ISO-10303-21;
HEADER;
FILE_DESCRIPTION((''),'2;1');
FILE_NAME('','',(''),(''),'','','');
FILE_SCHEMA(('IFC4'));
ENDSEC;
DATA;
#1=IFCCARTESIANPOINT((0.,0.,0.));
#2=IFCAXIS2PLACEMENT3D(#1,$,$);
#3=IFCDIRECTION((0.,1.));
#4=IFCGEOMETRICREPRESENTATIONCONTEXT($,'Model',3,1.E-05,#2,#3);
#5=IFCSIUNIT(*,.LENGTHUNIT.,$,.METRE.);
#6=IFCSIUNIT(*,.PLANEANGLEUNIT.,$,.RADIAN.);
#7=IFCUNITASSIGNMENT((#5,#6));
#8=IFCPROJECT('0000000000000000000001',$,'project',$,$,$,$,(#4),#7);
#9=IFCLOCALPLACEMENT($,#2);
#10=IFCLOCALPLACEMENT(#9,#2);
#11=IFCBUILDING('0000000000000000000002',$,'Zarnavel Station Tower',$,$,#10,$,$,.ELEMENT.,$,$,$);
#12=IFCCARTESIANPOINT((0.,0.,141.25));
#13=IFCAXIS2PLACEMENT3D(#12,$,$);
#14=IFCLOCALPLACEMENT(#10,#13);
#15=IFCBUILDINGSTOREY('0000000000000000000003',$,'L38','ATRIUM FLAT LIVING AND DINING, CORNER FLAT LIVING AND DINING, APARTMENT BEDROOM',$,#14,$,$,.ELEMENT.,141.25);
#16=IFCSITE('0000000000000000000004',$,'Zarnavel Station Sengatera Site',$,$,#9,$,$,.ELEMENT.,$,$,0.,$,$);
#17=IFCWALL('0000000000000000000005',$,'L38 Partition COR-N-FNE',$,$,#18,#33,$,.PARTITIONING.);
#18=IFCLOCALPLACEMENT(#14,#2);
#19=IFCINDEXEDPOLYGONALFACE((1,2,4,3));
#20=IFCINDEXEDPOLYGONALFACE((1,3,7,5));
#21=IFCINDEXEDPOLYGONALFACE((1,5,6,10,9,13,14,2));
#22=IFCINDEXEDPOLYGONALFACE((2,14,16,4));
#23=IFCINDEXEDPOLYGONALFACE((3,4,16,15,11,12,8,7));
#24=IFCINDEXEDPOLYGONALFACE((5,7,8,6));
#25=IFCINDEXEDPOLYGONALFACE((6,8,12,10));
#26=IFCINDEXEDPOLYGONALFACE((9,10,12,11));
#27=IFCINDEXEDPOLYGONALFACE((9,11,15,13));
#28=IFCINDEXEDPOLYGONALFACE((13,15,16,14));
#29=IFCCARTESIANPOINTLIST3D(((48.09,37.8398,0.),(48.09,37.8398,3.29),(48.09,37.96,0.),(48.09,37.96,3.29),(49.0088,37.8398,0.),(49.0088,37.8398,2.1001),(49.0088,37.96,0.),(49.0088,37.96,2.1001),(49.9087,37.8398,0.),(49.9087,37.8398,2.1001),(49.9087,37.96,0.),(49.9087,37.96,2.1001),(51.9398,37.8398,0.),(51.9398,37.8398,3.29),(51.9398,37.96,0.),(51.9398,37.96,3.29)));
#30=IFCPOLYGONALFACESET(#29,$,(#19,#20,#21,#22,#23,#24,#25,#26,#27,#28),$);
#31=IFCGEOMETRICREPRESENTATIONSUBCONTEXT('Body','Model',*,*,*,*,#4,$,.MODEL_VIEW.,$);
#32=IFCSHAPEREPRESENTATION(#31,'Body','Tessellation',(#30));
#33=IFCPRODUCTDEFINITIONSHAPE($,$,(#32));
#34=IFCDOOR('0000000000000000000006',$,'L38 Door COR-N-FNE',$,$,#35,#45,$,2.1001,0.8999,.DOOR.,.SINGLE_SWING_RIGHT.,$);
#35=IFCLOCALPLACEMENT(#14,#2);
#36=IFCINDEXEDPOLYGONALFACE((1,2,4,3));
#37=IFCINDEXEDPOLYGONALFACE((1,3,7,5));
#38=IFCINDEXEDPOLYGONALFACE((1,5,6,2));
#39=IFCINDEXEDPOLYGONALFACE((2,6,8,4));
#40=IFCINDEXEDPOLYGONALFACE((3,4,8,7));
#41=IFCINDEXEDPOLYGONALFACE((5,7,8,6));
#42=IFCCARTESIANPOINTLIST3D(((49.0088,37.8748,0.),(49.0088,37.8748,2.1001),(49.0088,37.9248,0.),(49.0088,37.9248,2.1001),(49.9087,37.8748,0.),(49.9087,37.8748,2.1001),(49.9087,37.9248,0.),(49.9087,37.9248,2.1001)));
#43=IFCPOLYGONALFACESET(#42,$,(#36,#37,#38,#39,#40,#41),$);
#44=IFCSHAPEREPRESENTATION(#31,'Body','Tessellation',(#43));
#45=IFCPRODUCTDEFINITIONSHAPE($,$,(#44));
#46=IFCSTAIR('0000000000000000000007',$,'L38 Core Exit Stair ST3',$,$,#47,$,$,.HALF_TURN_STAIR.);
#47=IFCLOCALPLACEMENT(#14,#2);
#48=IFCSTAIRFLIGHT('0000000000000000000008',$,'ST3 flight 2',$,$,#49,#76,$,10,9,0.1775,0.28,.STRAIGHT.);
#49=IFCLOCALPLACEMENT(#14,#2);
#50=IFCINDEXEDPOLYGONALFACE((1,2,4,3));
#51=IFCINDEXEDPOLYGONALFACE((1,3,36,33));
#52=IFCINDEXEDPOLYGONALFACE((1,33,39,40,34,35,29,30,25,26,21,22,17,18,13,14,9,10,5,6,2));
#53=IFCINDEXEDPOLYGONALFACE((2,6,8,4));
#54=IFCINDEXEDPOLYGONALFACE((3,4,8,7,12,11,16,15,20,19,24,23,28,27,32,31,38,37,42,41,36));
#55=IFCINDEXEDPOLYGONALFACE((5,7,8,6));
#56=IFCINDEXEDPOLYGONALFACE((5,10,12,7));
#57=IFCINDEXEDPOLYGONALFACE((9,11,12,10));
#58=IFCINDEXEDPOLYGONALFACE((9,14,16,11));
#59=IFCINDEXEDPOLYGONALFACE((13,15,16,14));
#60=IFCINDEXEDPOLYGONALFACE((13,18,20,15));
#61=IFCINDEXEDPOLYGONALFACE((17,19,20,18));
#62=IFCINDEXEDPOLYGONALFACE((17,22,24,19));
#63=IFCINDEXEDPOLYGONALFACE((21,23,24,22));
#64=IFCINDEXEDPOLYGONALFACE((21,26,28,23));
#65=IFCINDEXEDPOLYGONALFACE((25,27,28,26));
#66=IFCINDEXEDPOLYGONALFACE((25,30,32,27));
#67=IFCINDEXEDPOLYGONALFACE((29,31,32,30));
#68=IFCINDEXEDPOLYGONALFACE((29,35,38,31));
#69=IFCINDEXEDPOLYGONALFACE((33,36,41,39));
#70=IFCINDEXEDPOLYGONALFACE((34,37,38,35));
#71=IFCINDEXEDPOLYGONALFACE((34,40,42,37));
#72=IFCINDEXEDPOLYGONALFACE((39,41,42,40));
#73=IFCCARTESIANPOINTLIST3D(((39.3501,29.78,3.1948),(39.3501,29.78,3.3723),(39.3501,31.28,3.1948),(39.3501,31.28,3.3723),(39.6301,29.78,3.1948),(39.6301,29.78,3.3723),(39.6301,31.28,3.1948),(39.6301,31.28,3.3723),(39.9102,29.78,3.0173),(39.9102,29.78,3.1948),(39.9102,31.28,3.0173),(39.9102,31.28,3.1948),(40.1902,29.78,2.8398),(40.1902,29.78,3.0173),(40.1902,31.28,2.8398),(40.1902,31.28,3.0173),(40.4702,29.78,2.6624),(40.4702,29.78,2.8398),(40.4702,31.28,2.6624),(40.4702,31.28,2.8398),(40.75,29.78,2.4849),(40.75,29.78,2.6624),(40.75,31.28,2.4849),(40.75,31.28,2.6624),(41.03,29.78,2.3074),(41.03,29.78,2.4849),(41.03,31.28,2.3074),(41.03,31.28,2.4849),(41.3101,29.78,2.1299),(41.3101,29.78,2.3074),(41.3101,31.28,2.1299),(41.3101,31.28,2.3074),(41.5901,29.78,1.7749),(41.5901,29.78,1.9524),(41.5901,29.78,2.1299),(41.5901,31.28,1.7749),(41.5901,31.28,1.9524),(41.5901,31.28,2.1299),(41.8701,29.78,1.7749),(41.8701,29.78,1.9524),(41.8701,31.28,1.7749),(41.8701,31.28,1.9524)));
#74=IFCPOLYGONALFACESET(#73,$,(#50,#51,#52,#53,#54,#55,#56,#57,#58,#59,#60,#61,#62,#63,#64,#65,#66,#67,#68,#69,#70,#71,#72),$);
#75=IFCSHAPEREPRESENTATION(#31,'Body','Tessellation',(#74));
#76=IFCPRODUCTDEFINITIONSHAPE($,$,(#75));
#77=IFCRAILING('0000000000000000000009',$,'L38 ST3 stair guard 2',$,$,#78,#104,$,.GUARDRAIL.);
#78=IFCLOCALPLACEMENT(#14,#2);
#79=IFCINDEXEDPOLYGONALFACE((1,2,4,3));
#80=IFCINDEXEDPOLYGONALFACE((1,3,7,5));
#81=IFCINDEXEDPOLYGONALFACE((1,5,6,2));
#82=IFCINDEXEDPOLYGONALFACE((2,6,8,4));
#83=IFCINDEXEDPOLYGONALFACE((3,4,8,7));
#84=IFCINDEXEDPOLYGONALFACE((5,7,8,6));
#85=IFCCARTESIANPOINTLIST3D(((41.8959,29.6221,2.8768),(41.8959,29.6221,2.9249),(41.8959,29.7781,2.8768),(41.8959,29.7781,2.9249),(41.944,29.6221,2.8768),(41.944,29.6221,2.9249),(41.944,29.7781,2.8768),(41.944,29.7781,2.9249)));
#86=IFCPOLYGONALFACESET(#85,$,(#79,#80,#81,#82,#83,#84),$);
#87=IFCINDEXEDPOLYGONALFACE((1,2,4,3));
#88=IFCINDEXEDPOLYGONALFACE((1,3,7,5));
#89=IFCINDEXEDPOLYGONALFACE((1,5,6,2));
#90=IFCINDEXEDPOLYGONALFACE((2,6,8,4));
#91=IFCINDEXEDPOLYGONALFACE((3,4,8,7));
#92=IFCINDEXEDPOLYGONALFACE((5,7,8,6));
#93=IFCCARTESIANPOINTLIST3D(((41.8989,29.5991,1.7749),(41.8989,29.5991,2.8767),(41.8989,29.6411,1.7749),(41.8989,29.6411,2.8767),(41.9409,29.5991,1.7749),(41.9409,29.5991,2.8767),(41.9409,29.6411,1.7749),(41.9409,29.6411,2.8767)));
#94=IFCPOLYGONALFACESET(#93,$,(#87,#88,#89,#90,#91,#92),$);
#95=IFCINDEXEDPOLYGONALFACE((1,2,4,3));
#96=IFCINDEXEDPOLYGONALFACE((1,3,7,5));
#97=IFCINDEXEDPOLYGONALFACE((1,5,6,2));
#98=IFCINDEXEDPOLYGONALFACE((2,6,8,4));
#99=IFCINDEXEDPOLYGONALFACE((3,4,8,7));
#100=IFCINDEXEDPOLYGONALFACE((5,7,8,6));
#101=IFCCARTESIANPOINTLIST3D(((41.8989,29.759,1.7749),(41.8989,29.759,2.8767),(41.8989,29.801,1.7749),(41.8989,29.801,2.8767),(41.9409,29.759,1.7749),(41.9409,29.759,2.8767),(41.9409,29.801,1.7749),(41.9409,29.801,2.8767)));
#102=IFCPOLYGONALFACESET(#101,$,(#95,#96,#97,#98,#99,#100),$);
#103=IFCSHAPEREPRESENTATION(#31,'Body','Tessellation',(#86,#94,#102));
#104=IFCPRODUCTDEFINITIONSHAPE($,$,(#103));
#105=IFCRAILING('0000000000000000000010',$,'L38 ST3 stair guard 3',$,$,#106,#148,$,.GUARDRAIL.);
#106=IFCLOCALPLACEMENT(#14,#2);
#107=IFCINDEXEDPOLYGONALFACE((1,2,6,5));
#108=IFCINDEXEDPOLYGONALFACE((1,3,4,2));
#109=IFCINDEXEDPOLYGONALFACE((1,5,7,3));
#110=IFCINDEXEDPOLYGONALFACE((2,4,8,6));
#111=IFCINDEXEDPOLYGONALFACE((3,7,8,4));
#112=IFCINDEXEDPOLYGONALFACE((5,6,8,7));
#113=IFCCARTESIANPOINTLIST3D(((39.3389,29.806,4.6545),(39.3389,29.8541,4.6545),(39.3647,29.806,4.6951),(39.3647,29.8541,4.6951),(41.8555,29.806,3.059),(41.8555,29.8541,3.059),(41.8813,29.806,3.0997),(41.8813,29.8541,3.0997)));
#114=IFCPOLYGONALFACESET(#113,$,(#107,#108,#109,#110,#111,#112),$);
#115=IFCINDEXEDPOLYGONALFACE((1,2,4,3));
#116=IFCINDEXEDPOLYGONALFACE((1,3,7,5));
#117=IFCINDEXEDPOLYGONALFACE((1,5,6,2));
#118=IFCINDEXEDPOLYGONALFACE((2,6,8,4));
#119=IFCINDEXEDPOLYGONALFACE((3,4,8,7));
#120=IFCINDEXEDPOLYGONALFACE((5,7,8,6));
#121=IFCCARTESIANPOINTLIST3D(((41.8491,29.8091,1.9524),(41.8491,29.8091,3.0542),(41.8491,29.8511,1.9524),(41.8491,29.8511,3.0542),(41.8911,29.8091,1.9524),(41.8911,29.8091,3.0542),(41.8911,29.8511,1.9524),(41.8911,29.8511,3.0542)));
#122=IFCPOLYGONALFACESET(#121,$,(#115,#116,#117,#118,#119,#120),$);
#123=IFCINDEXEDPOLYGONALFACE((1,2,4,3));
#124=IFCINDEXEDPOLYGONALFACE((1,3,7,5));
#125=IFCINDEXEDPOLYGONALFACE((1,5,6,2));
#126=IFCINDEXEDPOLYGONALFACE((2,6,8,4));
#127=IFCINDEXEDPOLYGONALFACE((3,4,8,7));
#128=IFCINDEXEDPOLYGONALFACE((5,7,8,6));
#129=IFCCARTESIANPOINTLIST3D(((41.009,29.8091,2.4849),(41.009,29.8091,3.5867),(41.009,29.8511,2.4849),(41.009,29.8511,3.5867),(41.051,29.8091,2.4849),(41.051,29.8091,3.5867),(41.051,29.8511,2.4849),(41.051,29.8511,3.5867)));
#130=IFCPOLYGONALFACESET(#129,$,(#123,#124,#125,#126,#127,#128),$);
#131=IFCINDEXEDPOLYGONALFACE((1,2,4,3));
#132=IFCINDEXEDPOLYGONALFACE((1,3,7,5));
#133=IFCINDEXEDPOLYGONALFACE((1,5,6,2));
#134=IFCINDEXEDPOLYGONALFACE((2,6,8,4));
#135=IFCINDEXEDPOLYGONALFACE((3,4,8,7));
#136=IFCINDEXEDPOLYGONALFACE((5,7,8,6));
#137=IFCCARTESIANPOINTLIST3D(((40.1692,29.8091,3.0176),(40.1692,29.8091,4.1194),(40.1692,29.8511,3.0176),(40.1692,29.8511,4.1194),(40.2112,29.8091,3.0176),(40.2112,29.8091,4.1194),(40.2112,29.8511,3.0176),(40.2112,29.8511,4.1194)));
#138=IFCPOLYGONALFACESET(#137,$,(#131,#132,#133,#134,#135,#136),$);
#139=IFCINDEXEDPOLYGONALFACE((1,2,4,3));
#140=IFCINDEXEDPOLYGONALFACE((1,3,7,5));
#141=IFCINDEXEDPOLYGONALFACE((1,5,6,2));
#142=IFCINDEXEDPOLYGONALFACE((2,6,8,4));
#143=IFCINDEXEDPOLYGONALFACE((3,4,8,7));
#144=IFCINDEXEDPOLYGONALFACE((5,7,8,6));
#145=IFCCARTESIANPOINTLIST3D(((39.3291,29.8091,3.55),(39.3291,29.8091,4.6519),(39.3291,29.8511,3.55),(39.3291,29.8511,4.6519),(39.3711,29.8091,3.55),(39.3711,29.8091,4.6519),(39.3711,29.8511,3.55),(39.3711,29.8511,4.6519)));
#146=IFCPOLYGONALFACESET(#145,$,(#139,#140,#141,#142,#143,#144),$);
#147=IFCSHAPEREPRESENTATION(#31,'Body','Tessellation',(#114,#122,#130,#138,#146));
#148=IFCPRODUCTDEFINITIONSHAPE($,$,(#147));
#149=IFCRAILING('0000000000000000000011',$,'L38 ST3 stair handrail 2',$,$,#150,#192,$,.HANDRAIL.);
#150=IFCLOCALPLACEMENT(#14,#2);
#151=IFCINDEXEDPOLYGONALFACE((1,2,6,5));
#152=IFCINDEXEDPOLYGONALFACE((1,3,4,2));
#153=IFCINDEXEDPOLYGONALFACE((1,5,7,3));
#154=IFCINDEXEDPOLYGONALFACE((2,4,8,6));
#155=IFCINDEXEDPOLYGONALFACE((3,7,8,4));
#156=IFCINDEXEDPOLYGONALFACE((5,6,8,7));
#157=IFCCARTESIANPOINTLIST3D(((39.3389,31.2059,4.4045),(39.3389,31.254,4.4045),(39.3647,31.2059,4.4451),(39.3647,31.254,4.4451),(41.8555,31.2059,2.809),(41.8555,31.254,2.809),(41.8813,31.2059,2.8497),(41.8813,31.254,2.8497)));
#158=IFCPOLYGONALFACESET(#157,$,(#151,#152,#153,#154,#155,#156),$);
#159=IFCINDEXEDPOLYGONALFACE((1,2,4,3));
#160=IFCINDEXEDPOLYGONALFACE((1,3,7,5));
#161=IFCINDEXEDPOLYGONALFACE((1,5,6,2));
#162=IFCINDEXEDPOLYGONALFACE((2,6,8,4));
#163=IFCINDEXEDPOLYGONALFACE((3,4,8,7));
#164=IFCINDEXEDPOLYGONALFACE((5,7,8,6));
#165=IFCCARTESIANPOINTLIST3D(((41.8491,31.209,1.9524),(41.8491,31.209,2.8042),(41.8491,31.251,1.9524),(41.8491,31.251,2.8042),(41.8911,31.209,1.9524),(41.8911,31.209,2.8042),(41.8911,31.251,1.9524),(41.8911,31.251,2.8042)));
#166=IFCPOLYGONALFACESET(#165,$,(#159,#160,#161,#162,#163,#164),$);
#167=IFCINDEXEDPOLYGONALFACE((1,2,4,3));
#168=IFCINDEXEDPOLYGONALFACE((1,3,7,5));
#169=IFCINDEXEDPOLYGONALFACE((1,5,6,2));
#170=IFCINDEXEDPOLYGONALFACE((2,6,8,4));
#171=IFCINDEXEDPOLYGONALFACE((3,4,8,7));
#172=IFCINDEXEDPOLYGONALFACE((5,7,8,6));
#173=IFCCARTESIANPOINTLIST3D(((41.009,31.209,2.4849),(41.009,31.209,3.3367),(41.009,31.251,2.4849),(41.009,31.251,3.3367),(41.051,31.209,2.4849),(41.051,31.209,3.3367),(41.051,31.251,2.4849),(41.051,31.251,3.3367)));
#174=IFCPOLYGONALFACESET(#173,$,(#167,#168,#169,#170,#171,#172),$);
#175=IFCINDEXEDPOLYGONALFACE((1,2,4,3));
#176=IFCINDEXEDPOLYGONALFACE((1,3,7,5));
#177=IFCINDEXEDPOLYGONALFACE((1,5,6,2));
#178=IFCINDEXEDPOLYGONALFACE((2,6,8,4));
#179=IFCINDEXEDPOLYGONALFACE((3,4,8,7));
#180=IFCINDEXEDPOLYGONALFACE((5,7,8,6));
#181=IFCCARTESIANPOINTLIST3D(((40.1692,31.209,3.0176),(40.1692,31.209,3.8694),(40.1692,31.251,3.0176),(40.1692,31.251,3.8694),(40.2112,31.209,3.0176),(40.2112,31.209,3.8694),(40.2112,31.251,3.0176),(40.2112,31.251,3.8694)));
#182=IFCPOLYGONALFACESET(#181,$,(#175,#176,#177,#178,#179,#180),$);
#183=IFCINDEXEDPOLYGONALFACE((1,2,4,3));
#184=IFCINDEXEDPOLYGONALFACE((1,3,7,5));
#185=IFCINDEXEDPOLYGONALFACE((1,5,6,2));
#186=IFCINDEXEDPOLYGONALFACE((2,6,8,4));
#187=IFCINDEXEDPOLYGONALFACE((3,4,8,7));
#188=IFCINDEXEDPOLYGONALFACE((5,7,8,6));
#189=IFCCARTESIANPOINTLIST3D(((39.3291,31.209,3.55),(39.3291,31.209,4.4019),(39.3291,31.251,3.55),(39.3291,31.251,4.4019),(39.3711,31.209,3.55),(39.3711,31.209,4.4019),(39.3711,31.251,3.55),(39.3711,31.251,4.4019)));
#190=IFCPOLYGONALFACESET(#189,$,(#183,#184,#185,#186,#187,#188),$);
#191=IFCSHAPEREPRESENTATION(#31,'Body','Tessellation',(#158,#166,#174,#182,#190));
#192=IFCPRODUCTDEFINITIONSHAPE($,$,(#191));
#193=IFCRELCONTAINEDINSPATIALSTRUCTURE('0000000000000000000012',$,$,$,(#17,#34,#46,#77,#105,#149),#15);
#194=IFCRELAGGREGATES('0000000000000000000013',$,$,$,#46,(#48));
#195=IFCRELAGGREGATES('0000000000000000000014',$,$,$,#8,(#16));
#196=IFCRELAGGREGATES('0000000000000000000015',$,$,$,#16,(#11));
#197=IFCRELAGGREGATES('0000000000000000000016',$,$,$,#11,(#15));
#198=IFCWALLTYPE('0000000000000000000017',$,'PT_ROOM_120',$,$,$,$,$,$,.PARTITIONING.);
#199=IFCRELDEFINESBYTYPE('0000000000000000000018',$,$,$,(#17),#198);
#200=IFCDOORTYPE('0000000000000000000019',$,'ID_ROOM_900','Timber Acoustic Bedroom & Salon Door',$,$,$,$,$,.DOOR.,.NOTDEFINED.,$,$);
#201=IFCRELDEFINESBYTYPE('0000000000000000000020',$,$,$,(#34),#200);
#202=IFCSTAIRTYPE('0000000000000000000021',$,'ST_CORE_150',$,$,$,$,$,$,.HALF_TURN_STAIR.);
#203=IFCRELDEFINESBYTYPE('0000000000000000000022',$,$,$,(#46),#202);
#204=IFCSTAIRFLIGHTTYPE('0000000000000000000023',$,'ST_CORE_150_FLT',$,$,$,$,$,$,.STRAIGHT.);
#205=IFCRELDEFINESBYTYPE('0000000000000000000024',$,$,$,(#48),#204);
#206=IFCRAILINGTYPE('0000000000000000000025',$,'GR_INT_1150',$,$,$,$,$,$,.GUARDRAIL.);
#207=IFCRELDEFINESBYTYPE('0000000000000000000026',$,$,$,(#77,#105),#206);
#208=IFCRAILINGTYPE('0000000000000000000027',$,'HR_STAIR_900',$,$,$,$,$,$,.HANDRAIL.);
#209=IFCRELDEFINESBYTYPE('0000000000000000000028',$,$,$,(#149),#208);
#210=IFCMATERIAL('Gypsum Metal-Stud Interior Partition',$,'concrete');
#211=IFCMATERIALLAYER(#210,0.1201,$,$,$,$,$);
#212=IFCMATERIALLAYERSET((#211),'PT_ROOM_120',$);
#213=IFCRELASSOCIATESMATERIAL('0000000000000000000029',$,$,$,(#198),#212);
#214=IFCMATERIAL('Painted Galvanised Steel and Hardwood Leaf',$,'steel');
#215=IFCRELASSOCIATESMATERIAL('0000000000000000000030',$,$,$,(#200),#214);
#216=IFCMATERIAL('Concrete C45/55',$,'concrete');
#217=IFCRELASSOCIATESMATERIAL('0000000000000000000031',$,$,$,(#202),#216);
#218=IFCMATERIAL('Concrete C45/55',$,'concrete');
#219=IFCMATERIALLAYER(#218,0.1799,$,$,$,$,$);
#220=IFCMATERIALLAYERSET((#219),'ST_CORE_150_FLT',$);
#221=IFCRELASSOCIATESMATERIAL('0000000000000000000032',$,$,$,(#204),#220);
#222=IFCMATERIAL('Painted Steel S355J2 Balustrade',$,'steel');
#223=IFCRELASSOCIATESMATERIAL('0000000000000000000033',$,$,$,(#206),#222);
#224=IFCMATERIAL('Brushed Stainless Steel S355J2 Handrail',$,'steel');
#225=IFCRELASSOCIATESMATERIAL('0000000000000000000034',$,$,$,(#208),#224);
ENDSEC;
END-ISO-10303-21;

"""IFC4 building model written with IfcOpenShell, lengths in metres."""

from ifc_helpers import new_model, si_unit, direction, frame, frame_2d, origin, origin_2d, place, context, subcontext, project, spatial, polyline, rectangle, outline, extrude, material, layer, layer_set, type_object, element, fill, aggregate, save


model = new_model("IFC4")

# Units and contexts
model_context = context("Model", 3, precision=1e-05, world=origin(), true_north=direction((0.0, 1.0)))
body_context = subcontext(model_context, "Body", "Model", "MODEL_VIEW")
ifc_project = project(units=[si_unit("LENGTHUNIT", "METRE"), si_unit("PLANEANGLEUNIT", "RADIAN")], contexts=[model_context])

# Site, building, storey
site_placement = place(None, origin())
site = spatial("IfcSite", under=ifc_project, at=site_placement, Name="Zarnavel Station Sengatera Site", CompositionType="ELEMENT", RefElevation=0.0)
building_placement = place(site_placement, origin())
building = spatial("IfcBuilding", under=site, at=building_placement, Name="Zarnavel Station Tower", CompositionType="ELEMENT")
storey_placement = place(building_placement, frame((0.0, 0.0, 141.25)))
storey = spatial("IfcBuildingStorey", under=building, at=storey_placement, Name="L38", Description="ATRIUM FLAT LIVING AND DINING, CORNER FLAT LIVING AND DINING, APARTMENT BEDROOM", CompositionType="ELEMENT", Elevation=141.25)

# Wall, opening, door
ifc_material_1 = material(Name="Gypsum Metal-Stud Interior Partition", Category="concrete")
ifc_layer_1 = layer(ifc_material_1, 0.1201)
ifc_layer_set_1 = layer_set([ifc_layer_1], Name="PT_ROOM_120")
wall_type_1 = type_object("IfcWallType", Name="PT_ROOM_120", PredefinedType="PARTITIONING", material=ifc_layer_set_1)
wall_1_placement = place(storey_placement, frame((48.0901, 37.8999, 0.0), z_axis=(0.0, 0.0, 1.0), x_axis=(1.0, 0.0, 0.0)))
wall_1 = element("IfcWall", 1, at=wall_1_placement, inside=storey, type_object=wall_type_1, Name="L38 Partition COR-N-FNE", PredefinedType="PARTITIONING", context=body_context, shape_type="SweptSolid", body=[
    extrude(rectangle(XDim=3.8499, YDim=0.1201, at=frame_2d((1.9248, 0.0))), origin(), (0.0, 0.0, 1.0), 3.29),
])
opening_1_placement = place(wall_1_placement, frame((0.9187, 0.0, 0.0)))
opening_1 = element("IfcOpeningElement", 2, at=opening_1_placement, cuts=wall_1, PredefinedType="OPENING", context=body_context, shape_type="SweptSolid", body=[
    extrude(rectangle(XDim=0.8999, YDim=2.1001, at=frame_2d((0.45, 1.05))), frame((0.0, 0.0701, 0.0), z_axis=(0.0, -1.0, 0.0), x_axis=(1.0, 0.0, 0.0)), (0.0, 0.0, 1.0), 0.1401),
])
ifc_material_2 = material(Name="Painted Galvanised Steel and Hardwood Leaf", Category="steel")
door_type_1 = type_object("IfcDoorType", Name="ID_ROOM_900", Description="Timber Acoustic Bedroom & Salon Door", OperationType="NOTDEFINED", PredefinedType="DOOR", material=ifc_material_2)
door_1_placement = place(opening_1_placement, origin())
door_1 = element("IfcDoor", 3, at=door_1_placement, inside=storey, type_object=door_type_1, Name="L38 Door COR-N-FNE", OperationType="SINGLE_SWING_RIGHT", OverallHeight=2.1001, OverallWidth=0.8999, PredefinedType="DOOR", context=body_context, shape_type="SweptSolid", body=[
    extrude(rectangle(XDim=0.8999, YDim=2.1001, at=frame_2d((0.45, 1.05))), frame((0.0, 0.0249, 0.0), z_axis=(0.0, -1.0, 0.0), x_axis=(1.0, 0.0, 0.0)), (0.0, 0.0, 1.0), 0.05),
])
fill(opening_1, door_1)

# Stair, stair flight
ifc_material_3 = material(Name="Concrete C45/55", Category="concrete")
stair_type = type_object("IfcStairType", Name="ST_CORE_150", PredefinedType="HALF_TURN_STAIR", material=ifc_material_3)
stair_placement = place(storey_placement, origin())
stair = element("IfcStair", 4, at=stair_placement, inside=storey, type_object=stair_type, Name="L38 Core Exit Stair ST3", PredefinedType="HALF_TURN_STAIR")
ifc_material_4 = material(Name="Concrete C45/55", Category="concrete")
ifc_layer_2 = layer(ifc_material_4, 0.1799)
ifc_layer_set_2 = layer_set([ifc_layer_2], Name="ST_CORE_150_FLT")
stair_flight_type = type_object("IfcStairFlightType", Name="ST_CORE_150_FLT", PredefinedType="STRAIGHT", material=ifc_layer_set_2)
stair_flight_placement = place(storey_placement, frame((41.8701, 30.53, 1.7749), z_axis=(0.0, 0.0, 1.0), x_axis=(-1.0, 0.0, 0.0)))
stair_flight = element("IfcStairFlight", 5, at=stair_flight_placement, type_object=stair_flight_type, Name="ST3 flight 2", NumberOfRisers=10, NumberOfTreads=9, PredefinedType="STRAIGHT", RiserHeight=0.1775, TreadLength=0.28, context=body_context, shape_type="SweptSolid", body=[
    extrude(outline(polyline([(0.0, 0.0), (0.0, 0.1775), (0.28, 0.1775), (0.28, 0.355), (0.5601, 0.355), (0.5601, 0.5325), (0.8401, 0.5325), (0.8401, 0.71), (1.1201, 0.71), (1.1201, 0.8875), (1.3999, 0.8875), (1.3999, 1.0649), (1.6799, 1.0649), (1.6799, 1.2424), (1.96, 1.2424), (1.96, 1.4199), (2.24, 1.4199), (2.24, 1.5974), (2.52, 1.5974), (2.52, 1.7749), (2.52, 1.4199), (0.28, 0.0), (0.0, 0.0)])), frame((0.0, 0.75, 0.0), z_axis=(0.0, -1.0, 0.0), x_axis=(1.0, 0.0, 0.0)), (0.0, 0.0, 1.0), 1.5),
])
aggregate(stair, [stair_flight])

# Railings
ifc_material_5 = material(Name="Painted Steel S355J2 Balustrade", Category="steel")
railing_type_1 = type_object("IfcRailingType", Name="GR_INT_1150", PredefinedType="GUARDRAIL", material=ifc_material_5)
railing_1_placement = place(storey_placement, frame((41.9199, 29.6201, 1.7749)))
element("IfcRailing", 6, at=railing_1_placement, inside=storey, type_object=railing_type_1, Name="L38 ST3 stair guard 2", PredefinedType="GUARDRAIL", context=body_context, shape_type="SweptSolid", body=[
    extrude(rectangle(XDim=0.0481, YDim=0.0481, at=origin_2d()), frame((0.0, 0.002, 1.126), z_axis=(0.0, 1.0, 0.0), x_axis=(-1.0, 0.0, 0.0)), (0.0, 0.0, 1.0), 0.156),
    extrude(rectangle(XDim=0.042, YDim=0.042, at=origin_2d()), origin(), (0.0, 0.0, 1.0), 1.1018),
    extrude(rectangle(XDim=0.042, YDim=0.042, at=origin_2d()), frame((0.0, 0.1599, 0.0)), (0.0, 0.0, 1.0), 1.1018),
])
railing_2_placement = place(storey_placement, frame((41.8701, 29.8301, 1.9524)))
element("IfcRailing", 7, at=railing_2_placement, inside=storey, type_object=railing_type_1, Name="L38 ST3 stair guard 3", PredefinedType="GUARDRAIL", context=body_context, shape_type="SweptSolid", body=[
    extrude(rectangle(XDim=0.0481, YDim=0.0481, at=origin_2d()), frame((-0.0017, 0.0, 1.127), z_axis=(-0.84457, 0.0, 0.535445), x_axis=(0.0, -1.0, 0.0)), (0.0, 0.0, 1.0), 2.9797),
    extrude(rectangle(XDim=0.042, YDim=0.042, at=origin_2d()), origin(), (0.0, 0.0, 1.0), 1.1018),
    extrude(rectangle(XDim=0.042, YDim=0.042, at=origin_2d()), frame((-0.8401, 0.0, 0.5325)), (0.0, 0.0, 1.0), 1.1018),
    extrude(rectangle(XDim=0.042, YDim=0.042, at=origin_2d()), frame((-1.6799, 0.0, 1.0652)), (0.0, 0.0, 1.0), 1.1018),
    extrude(rectangle(XDim=0.042, YDim=0.042, at=origin_2d()), frame((-2.52, 0.0, 1.5977)), (0.0, 0.0, 1.0), 1.1018),
])
ifc_material_6 = material(Name="Brushed Stainless Steel S355J2 Handrail", Category="steel")
railing_type_2 = type_object("IfcRailingType", Name="HR_STAIR_900", PredefinedType="HANDRAIL", material=ifc_material_6)
railing_3_placement = place(storey_placement, frame((41.8701, 31.23, 1.9524)))
element("IfcRailing", 8, at=railing_3_placement, inside=storey, type_object=railing_type_2, Name="L38 ST3 stair handrail 2", PredefinedType="HANDRAIL", context=body_context, shape_type="SweptSolid", body=[
    extrude(rectangle(XDim=0.0481, YDim=0.0481, at=origin_2d()), frame((-0.0017, 0.0, 0.877), z_axis=(-0.84457, 0.0, 0.535445), x_axis=(0.0, -1.0, 0.0)), (0.0, 0.0, 1.0), 2.9797),
    extrude(rectangle(XDim=0.042, YDim=0.042, at=origin_2d()), origin(), (0.0, 0.0, 1.0), 0.8518),
    extrude(rectangle(XDim=0.042, YDim=0.042, at=origin_2d()), frame((-0.8401, 0.0, 0.5325)), (0.0, 0.0, 1.0), 0.8518),
    extrude(rectangle(XDim=0.042, YDim=0.042, at=origin_2d()), frame((-1.6799, 0.0, 1.0652)), (0.0, 0.0, 1.0), 0.8518),
    extrude(rectangle(XDim=0.042, YDim=0.042, at=origin_2d()), frame((-2.52, 0.0, 1.5977)), (0.0, 0.0, 1.0), 0.8518),
])

save(model, "model.ifc")
